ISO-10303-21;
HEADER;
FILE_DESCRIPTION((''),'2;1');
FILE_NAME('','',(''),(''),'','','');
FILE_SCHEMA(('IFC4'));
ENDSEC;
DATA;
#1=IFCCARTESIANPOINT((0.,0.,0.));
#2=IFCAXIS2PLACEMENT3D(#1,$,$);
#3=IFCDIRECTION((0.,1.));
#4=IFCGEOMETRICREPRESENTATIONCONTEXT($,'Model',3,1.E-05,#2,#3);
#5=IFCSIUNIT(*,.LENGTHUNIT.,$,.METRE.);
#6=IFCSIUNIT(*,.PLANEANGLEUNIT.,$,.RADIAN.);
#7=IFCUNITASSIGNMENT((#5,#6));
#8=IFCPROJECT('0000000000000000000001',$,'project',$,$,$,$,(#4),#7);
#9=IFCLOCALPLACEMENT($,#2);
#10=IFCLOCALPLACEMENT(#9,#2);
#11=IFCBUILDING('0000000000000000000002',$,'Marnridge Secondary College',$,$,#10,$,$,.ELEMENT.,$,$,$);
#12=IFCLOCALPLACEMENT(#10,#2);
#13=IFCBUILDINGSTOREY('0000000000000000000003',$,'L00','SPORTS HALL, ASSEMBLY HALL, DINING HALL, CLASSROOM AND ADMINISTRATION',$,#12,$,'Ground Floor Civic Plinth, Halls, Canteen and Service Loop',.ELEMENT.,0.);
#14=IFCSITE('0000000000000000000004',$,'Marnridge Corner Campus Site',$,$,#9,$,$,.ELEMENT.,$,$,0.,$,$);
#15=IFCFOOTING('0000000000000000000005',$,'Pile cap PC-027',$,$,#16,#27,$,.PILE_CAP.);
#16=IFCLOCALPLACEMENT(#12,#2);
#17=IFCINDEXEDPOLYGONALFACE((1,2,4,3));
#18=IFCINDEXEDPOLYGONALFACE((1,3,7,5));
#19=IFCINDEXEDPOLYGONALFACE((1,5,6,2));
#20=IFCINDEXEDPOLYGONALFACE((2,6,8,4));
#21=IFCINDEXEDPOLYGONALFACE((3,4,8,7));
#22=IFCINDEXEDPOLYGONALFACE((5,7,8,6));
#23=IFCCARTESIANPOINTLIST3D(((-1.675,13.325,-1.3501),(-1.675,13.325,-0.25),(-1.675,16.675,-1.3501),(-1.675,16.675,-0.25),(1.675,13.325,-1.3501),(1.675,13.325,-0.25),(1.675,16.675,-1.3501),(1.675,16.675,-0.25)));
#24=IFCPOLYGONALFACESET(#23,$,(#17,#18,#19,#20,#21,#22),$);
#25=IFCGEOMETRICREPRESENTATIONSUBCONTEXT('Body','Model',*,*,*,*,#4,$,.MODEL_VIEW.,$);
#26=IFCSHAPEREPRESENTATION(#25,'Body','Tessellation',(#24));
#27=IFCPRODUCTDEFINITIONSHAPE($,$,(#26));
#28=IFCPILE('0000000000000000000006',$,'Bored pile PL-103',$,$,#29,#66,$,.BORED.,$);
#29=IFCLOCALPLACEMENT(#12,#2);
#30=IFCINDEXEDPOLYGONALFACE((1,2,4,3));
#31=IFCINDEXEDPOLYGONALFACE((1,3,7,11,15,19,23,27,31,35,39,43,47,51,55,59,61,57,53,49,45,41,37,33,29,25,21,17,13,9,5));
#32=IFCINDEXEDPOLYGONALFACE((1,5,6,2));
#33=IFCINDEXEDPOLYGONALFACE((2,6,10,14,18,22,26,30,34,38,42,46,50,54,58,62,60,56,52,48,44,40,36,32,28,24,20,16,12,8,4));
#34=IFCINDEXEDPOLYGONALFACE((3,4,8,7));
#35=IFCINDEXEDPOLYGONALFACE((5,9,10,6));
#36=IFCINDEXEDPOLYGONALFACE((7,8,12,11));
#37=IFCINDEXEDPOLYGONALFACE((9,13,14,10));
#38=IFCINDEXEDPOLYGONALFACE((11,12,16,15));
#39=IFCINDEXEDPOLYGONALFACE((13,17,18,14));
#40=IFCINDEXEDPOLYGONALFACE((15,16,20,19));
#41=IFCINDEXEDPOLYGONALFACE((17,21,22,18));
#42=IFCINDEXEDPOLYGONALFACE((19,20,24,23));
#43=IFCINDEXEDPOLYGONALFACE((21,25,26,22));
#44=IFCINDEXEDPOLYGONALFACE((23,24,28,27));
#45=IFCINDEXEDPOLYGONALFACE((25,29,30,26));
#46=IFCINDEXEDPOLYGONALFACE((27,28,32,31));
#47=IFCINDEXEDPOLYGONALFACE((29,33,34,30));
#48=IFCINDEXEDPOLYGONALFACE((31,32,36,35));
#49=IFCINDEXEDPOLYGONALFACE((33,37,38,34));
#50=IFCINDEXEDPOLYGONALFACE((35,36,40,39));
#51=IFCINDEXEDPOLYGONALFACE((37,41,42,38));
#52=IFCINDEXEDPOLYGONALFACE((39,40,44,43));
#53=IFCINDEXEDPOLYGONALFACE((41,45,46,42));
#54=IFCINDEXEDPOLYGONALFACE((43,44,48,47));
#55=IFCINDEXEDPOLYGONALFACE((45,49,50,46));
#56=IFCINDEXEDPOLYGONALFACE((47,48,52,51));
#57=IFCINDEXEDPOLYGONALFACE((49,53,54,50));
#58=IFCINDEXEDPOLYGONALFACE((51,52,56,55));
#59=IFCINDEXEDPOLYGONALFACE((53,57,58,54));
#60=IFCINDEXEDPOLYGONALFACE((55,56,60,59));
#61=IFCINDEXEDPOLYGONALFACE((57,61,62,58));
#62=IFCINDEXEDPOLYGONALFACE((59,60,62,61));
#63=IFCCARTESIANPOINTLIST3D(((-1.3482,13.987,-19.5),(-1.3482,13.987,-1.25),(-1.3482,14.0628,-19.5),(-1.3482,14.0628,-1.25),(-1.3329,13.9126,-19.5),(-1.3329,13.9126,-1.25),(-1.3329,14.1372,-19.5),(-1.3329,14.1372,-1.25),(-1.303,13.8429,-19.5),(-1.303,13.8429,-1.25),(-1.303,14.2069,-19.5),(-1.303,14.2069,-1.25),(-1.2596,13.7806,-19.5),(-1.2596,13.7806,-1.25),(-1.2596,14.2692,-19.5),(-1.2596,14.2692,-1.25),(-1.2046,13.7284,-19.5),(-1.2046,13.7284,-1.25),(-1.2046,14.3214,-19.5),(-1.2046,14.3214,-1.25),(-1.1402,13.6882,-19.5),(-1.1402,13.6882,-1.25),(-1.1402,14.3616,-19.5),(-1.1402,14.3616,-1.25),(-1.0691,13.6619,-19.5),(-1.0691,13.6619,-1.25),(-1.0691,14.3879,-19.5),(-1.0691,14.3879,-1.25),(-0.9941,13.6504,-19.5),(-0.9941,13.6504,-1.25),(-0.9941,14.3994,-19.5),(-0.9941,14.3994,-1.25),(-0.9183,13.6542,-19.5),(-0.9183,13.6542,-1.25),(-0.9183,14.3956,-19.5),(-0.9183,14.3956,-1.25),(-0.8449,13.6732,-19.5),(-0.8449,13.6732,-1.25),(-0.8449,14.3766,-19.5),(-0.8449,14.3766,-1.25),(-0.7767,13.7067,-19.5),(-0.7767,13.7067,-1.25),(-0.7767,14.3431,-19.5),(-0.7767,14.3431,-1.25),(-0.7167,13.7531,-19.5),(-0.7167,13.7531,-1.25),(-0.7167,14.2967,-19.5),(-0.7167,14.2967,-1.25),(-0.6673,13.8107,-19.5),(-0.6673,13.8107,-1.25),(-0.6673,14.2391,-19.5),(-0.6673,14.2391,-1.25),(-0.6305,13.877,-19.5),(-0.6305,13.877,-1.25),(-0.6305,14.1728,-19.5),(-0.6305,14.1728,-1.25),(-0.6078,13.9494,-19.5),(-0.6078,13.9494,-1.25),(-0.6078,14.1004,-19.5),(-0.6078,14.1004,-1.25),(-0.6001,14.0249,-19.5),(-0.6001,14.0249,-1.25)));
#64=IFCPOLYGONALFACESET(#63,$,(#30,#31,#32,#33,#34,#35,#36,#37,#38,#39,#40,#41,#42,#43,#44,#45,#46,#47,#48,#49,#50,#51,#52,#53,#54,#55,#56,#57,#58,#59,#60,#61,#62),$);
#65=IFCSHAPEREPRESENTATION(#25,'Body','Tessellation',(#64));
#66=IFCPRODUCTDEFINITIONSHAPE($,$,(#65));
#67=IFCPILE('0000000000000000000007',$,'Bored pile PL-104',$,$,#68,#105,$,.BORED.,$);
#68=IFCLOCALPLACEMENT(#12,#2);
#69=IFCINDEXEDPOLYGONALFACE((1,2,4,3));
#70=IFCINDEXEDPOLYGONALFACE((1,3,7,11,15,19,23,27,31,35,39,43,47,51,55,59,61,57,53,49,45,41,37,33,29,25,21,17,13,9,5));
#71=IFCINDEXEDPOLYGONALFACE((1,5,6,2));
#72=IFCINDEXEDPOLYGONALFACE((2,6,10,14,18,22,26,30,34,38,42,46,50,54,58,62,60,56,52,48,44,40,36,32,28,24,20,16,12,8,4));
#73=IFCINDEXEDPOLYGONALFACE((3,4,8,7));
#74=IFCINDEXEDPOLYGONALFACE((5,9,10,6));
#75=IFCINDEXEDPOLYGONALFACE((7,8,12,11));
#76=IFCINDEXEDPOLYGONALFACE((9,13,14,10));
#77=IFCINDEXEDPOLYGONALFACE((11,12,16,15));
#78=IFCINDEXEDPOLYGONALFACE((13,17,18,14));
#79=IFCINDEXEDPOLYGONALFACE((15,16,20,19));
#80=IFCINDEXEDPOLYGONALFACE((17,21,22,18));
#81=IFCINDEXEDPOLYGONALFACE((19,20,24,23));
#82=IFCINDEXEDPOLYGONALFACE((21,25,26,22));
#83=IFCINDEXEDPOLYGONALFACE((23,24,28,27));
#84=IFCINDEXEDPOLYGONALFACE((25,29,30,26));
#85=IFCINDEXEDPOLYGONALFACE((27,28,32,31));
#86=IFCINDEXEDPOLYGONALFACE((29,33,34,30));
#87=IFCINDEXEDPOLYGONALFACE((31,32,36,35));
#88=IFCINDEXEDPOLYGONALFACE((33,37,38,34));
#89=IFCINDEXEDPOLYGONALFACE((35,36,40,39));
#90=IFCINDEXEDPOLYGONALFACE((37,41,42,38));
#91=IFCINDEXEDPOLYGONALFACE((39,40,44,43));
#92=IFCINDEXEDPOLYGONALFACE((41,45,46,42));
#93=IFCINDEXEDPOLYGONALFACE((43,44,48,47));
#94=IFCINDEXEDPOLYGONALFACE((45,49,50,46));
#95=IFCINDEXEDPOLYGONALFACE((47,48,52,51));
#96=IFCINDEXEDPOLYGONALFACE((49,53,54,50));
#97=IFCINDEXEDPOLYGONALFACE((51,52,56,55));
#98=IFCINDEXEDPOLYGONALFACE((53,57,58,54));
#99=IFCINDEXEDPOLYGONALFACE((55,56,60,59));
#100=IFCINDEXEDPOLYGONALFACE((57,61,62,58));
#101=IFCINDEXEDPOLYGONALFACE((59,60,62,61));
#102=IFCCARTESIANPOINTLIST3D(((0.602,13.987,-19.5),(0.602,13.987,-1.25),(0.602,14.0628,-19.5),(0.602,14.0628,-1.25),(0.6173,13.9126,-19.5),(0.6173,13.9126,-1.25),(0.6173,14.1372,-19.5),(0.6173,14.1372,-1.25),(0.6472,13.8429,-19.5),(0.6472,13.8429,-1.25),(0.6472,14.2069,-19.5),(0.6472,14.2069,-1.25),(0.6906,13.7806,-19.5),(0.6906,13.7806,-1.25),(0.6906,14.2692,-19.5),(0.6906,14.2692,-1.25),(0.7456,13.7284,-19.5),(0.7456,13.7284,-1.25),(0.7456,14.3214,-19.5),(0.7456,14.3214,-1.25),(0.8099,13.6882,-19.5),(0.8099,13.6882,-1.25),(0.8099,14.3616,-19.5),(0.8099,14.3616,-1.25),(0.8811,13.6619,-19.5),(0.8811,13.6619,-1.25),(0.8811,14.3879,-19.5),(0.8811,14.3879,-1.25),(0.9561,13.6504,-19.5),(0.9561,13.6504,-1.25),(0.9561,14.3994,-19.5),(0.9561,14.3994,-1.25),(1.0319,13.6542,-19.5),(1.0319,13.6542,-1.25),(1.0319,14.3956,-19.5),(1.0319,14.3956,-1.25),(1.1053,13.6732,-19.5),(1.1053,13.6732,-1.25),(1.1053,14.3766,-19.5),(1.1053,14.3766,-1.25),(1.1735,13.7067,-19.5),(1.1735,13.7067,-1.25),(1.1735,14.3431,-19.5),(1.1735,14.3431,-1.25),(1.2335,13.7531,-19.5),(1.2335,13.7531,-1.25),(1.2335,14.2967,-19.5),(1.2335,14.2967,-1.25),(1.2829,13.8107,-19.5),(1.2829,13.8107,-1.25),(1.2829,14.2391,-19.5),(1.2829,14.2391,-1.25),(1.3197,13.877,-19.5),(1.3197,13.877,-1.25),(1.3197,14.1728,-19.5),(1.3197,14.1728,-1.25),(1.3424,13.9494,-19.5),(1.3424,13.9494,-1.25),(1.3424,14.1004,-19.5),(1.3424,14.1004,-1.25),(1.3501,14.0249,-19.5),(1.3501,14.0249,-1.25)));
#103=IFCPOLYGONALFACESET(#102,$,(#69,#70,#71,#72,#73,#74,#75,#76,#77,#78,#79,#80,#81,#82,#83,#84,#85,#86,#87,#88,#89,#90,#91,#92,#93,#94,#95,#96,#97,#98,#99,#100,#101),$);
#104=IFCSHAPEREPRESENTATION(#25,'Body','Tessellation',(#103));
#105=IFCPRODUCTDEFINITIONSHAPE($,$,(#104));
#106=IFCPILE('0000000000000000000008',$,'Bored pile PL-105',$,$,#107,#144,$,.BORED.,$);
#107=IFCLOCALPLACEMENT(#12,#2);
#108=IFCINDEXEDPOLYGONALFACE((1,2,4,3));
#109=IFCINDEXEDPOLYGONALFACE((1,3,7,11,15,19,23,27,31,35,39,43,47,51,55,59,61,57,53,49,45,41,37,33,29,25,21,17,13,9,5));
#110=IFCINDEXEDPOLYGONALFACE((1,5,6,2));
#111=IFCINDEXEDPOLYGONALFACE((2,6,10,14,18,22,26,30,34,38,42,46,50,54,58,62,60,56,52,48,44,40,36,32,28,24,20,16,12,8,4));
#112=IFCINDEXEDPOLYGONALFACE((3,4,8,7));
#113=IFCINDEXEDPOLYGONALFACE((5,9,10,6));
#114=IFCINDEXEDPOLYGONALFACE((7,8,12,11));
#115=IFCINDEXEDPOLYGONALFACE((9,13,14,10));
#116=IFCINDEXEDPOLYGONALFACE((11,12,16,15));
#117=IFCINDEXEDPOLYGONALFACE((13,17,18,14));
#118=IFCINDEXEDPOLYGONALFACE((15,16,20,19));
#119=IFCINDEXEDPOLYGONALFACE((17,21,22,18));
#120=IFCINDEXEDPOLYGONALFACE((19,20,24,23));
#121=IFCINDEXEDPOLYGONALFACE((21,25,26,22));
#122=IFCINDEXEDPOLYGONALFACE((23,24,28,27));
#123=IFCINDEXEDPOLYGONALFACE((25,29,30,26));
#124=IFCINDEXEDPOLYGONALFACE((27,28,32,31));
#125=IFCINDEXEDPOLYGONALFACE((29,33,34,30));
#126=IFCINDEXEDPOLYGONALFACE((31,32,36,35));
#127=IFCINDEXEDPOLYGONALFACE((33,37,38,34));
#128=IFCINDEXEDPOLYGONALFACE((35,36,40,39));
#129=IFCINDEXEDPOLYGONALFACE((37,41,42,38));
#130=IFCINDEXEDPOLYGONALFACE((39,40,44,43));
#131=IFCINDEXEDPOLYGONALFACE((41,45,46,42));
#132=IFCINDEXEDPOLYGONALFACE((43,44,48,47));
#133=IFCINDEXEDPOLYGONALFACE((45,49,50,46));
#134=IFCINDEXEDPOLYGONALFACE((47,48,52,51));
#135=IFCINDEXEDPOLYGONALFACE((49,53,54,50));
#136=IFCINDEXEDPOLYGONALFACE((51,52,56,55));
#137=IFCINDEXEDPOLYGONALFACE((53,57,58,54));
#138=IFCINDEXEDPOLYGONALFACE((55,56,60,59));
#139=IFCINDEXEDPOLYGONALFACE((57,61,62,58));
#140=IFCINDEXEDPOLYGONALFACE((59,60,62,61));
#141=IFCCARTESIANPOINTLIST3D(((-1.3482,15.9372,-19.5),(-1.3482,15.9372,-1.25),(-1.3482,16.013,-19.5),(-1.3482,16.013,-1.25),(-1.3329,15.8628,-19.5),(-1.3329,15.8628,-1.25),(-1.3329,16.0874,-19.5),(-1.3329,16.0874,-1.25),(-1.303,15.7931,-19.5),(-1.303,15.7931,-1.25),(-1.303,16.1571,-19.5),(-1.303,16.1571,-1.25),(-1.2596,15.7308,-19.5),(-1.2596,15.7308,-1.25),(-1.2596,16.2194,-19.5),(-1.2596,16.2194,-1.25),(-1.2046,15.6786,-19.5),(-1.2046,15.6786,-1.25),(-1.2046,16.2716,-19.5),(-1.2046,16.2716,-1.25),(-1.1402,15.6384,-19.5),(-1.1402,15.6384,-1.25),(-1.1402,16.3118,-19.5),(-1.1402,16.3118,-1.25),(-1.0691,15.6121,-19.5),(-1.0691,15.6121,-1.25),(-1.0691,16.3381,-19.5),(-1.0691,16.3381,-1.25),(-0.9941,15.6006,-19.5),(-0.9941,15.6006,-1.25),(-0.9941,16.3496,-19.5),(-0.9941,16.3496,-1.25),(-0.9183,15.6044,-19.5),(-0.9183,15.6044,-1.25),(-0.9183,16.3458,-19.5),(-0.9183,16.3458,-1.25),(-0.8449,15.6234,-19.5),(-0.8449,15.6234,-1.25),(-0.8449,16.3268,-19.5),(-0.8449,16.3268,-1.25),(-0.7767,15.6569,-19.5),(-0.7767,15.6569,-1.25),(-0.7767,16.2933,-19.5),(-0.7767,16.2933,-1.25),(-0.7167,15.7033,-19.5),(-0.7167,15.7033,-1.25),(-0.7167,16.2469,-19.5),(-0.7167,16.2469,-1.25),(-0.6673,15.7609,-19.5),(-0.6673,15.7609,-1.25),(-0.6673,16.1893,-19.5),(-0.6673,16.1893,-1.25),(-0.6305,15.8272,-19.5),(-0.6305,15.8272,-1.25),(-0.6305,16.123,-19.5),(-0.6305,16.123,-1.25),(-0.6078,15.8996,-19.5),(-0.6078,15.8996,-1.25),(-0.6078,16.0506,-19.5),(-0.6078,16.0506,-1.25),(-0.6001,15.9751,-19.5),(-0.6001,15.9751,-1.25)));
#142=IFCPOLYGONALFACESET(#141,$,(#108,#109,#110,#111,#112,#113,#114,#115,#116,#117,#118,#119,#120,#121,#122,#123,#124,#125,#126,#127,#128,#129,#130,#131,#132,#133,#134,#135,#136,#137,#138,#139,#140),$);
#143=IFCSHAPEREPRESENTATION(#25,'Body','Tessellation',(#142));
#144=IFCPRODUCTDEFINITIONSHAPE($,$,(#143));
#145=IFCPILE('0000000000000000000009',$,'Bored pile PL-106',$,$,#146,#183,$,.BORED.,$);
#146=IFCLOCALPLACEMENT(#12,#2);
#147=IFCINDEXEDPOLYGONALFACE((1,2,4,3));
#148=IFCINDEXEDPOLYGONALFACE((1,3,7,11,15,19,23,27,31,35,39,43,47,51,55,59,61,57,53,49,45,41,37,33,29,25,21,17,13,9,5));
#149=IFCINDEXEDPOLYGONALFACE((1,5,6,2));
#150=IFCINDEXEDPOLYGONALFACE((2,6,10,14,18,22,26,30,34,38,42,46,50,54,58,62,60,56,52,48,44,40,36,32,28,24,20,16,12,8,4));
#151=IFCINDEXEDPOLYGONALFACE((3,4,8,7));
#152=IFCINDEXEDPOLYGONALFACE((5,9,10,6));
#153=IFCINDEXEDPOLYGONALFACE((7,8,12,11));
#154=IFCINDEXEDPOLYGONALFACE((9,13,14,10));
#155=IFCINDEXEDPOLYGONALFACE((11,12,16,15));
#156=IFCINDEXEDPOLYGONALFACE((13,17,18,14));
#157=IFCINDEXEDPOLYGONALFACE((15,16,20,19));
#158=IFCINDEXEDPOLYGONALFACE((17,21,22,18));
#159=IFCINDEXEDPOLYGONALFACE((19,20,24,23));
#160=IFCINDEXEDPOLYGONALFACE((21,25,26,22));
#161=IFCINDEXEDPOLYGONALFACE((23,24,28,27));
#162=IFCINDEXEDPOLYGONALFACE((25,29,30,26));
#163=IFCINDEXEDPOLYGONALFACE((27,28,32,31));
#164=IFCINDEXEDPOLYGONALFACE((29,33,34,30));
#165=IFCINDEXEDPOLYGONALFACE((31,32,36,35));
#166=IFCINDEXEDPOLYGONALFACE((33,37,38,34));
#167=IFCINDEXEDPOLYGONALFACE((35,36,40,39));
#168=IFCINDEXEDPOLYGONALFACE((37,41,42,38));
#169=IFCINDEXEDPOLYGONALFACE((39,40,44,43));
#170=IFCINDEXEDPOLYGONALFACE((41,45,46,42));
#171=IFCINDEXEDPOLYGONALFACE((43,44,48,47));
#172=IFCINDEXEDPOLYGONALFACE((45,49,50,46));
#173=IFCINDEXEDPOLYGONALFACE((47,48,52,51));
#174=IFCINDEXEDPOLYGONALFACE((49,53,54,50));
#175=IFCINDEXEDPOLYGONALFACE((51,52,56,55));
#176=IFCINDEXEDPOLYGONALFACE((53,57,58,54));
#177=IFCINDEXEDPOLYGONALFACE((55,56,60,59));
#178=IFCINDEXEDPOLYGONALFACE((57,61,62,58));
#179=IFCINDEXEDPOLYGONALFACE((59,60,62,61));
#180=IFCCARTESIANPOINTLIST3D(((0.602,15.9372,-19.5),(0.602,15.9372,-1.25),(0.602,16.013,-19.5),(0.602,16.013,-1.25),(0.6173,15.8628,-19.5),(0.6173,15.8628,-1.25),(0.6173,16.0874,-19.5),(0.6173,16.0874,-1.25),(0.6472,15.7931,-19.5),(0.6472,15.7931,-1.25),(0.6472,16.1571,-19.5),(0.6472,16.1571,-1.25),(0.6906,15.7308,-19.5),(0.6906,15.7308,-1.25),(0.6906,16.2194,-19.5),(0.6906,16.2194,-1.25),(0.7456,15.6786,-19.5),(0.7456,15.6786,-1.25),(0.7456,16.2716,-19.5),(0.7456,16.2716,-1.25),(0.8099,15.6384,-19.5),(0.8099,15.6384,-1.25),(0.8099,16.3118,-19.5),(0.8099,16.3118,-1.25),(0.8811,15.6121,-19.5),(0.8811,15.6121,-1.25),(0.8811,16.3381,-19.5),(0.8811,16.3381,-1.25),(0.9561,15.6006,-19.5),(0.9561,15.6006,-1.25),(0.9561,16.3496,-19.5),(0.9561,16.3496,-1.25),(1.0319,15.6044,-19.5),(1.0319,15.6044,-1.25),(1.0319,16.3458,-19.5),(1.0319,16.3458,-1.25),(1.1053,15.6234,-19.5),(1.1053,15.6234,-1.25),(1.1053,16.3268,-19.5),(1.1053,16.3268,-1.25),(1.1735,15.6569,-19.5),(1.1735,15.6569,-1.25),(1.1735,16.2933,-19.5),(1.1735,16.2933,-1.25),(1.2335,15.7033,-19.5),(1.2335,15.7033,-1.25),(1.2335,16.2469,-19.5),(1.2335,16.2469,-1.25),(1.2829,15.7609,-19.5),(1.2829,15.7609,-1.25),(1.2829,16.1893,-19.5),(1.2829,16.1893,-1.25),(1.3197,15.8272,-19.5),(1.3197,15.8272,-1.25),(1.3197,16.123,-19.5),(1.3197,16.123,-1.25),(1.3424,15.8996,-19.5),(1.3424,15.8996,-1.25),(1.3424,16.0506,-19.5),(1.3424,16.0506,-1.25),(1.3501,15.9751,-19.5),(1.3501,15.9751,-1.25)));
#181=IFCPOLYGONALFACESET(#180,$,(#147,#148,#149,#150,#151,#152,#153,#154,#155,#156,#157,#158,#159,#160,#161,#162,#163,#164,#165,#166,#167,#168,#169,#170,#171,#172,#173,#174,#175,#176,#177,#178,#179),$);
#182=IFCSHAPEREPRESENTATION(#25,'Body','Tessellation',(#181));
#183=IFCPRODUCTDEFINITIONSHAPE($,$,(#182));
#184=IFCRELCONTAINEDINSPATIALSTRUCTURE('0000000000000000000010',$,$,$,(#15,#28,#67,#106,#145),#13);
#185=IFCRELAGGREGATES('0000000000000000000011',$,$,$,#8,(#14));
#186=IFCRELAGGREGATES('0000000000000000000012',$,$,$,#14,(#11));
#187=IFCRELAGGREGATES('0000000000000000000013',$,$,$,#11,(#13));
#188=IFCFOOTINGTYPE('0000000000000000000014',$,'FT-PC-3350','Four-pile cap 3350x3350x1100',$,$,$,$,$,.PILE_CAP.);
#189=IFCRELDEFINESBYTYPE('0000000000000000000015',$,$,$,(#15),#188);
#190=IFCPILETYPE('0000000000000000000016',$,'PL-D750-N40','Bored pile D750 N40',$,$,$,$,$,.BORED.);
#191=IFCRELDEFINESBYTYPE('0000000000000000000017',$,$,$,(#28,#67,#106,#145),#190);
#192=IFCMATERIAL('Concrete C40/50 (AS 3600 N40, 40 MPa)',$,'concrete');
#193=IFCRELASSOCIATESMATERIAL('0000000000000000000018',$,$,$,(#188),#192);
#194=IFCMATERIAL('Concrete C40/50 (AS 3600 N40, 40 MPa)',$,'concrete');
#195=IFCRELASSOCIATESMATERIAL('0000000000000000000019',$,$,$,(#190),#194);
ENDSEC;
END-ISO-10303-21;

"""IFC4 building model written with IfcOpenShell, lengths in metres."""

from ifc_helpers import new_model, si_unit, direction, frame, origin, origin_2d, place, context, subcontext, project, spatial, rectangle, circle, extrude, material, material_profile, profile_set, type_object, element, save


model = new_model("IFC4")

# Units and contexts
model_context = context("Model", 3, precision=1e-05, world=origin(), true_north=direction((0.0, 1.0)))
body_context = subcontext(model_context, "Body", "Model", "MODEL_VIEW")
ifc_project = project(units=[si_unit("LENGTHUNIT", "METRE"), si_unit("PLANEANGLEUNIT", "RADIAN")], contexts=[model_context])

# Site, building, storey
site_placement = place(None, origin())
site = spatial("IfcSite", under=ifc_project, at=site_placement, Name="Marnridge Corner Campus Site", CompositionType="ELEMENT", RefElevation=0.0)
building_placement = place(site_placement, origin())
building = spatial("IfcBuilding", under=site, at=building_placement, Name="Marnridge Secondary College", CompositionType="ELEMENT")
storey_placement = place(building_placement, origin())
storey = spatial("IfcBuildingStorey", under=building, at=storey_placement, Name="L00", Description="SPORTS HALL, ASSEMBLY HALL, DINING HALL, CLASSROOM AND ADMINISTRATION", LongName="Ground Floor Civic Plinth, Halls, Canteen and Service Loop", CompositionType="ELEMENT", Elevation=0.0)

# Footing
ifc_material_1 = material(Name="Concrete C40/50 (AS 3600 N40, 40 MPa)", Category="concrete")
footing_type = type_object("IfcFootingType", Name="FT-PC-3350", Description="Four-pile cap 3350x3350x1100", PredefinedType="PILE_CAP", material=ifc_material_1)
footing_placement = place(storey_placement, frame((0.0, 15.0, -1.3501), z_axis=(0.0, 0.0, 1.0), x_axis=(1.0, 0.0, 0.0)))
element("IfcFooting", 1, at=footing_placement, inside=storey, type_object=footing_type, Name="Pile cap PC-027", PredefinedType="PILE_CAP", context=body_context, shape_type="SweptSolid", body=[
    extrude(rectangle(XDim=3.3501, YDim=3.3501, at=origin_2d()), origin(), (0.0, 0.0, 1.0), 1.1001),
])

# Piles
ifc_material_2 = material(Name="Concrete C40/50 (AS 3600 N40, 40 MPa)", Category="concrete")
ifc_material_profile_1 = material_profile(ifc_material_2, circle(Radius=0.375, at=origin_2d()), Name="PILE D750")
ifc_profile_set_1 = profile_set([ifc_material_profile_1], Name="Concrete C40/50 (AS 3600 N40, 40 MPa)")
pile_type = type_object("IfcPileType", Name="PL-D750-N40", Description="Bored pile D750 N40", PredefinedType="BORED", material=ifc_profile_set_1)
for number, where, z_axis, x_axis, name in (
    (2, (-0.9751, 14.0249, -1.25), (0.0, 0.0, -1.0), (1.0, 0.0, 0.0), "Bored pile PL-103"),
    (3, (0.9751, 14.0249, -1.25), (0.0, 0.0, -1.0), (1.0, 0.0, 0.0), "Bored pile PL-104"),
    (4, (-0.9751, 15.9751, -1.25), (0.0, 0.0, -1.0), (1.0, 0.0, 0.0), "Bored pile PL-105"),
    (5, (0.9751, 15.9751, -1.25), (0.0, 0.0, -1.0), (1.0, 0.0, 0.0), "Bored pile PL-106"),
):
    element("IfcPile", number, at=place(storey_placement, frame(where, z_axis=z_axis, x_axis=x_axis)), inside=storey, type_object=pile_type, Name=name, PredefinedType="BORED", context=body_context, shape_type="SweptSolid", body=[
        extrude(circle(Radius=0.375, at=origin_2d()), origin(), (0.0, 0.0, 1.0), 18.25),
    ])

save(model, "model.ifc")
